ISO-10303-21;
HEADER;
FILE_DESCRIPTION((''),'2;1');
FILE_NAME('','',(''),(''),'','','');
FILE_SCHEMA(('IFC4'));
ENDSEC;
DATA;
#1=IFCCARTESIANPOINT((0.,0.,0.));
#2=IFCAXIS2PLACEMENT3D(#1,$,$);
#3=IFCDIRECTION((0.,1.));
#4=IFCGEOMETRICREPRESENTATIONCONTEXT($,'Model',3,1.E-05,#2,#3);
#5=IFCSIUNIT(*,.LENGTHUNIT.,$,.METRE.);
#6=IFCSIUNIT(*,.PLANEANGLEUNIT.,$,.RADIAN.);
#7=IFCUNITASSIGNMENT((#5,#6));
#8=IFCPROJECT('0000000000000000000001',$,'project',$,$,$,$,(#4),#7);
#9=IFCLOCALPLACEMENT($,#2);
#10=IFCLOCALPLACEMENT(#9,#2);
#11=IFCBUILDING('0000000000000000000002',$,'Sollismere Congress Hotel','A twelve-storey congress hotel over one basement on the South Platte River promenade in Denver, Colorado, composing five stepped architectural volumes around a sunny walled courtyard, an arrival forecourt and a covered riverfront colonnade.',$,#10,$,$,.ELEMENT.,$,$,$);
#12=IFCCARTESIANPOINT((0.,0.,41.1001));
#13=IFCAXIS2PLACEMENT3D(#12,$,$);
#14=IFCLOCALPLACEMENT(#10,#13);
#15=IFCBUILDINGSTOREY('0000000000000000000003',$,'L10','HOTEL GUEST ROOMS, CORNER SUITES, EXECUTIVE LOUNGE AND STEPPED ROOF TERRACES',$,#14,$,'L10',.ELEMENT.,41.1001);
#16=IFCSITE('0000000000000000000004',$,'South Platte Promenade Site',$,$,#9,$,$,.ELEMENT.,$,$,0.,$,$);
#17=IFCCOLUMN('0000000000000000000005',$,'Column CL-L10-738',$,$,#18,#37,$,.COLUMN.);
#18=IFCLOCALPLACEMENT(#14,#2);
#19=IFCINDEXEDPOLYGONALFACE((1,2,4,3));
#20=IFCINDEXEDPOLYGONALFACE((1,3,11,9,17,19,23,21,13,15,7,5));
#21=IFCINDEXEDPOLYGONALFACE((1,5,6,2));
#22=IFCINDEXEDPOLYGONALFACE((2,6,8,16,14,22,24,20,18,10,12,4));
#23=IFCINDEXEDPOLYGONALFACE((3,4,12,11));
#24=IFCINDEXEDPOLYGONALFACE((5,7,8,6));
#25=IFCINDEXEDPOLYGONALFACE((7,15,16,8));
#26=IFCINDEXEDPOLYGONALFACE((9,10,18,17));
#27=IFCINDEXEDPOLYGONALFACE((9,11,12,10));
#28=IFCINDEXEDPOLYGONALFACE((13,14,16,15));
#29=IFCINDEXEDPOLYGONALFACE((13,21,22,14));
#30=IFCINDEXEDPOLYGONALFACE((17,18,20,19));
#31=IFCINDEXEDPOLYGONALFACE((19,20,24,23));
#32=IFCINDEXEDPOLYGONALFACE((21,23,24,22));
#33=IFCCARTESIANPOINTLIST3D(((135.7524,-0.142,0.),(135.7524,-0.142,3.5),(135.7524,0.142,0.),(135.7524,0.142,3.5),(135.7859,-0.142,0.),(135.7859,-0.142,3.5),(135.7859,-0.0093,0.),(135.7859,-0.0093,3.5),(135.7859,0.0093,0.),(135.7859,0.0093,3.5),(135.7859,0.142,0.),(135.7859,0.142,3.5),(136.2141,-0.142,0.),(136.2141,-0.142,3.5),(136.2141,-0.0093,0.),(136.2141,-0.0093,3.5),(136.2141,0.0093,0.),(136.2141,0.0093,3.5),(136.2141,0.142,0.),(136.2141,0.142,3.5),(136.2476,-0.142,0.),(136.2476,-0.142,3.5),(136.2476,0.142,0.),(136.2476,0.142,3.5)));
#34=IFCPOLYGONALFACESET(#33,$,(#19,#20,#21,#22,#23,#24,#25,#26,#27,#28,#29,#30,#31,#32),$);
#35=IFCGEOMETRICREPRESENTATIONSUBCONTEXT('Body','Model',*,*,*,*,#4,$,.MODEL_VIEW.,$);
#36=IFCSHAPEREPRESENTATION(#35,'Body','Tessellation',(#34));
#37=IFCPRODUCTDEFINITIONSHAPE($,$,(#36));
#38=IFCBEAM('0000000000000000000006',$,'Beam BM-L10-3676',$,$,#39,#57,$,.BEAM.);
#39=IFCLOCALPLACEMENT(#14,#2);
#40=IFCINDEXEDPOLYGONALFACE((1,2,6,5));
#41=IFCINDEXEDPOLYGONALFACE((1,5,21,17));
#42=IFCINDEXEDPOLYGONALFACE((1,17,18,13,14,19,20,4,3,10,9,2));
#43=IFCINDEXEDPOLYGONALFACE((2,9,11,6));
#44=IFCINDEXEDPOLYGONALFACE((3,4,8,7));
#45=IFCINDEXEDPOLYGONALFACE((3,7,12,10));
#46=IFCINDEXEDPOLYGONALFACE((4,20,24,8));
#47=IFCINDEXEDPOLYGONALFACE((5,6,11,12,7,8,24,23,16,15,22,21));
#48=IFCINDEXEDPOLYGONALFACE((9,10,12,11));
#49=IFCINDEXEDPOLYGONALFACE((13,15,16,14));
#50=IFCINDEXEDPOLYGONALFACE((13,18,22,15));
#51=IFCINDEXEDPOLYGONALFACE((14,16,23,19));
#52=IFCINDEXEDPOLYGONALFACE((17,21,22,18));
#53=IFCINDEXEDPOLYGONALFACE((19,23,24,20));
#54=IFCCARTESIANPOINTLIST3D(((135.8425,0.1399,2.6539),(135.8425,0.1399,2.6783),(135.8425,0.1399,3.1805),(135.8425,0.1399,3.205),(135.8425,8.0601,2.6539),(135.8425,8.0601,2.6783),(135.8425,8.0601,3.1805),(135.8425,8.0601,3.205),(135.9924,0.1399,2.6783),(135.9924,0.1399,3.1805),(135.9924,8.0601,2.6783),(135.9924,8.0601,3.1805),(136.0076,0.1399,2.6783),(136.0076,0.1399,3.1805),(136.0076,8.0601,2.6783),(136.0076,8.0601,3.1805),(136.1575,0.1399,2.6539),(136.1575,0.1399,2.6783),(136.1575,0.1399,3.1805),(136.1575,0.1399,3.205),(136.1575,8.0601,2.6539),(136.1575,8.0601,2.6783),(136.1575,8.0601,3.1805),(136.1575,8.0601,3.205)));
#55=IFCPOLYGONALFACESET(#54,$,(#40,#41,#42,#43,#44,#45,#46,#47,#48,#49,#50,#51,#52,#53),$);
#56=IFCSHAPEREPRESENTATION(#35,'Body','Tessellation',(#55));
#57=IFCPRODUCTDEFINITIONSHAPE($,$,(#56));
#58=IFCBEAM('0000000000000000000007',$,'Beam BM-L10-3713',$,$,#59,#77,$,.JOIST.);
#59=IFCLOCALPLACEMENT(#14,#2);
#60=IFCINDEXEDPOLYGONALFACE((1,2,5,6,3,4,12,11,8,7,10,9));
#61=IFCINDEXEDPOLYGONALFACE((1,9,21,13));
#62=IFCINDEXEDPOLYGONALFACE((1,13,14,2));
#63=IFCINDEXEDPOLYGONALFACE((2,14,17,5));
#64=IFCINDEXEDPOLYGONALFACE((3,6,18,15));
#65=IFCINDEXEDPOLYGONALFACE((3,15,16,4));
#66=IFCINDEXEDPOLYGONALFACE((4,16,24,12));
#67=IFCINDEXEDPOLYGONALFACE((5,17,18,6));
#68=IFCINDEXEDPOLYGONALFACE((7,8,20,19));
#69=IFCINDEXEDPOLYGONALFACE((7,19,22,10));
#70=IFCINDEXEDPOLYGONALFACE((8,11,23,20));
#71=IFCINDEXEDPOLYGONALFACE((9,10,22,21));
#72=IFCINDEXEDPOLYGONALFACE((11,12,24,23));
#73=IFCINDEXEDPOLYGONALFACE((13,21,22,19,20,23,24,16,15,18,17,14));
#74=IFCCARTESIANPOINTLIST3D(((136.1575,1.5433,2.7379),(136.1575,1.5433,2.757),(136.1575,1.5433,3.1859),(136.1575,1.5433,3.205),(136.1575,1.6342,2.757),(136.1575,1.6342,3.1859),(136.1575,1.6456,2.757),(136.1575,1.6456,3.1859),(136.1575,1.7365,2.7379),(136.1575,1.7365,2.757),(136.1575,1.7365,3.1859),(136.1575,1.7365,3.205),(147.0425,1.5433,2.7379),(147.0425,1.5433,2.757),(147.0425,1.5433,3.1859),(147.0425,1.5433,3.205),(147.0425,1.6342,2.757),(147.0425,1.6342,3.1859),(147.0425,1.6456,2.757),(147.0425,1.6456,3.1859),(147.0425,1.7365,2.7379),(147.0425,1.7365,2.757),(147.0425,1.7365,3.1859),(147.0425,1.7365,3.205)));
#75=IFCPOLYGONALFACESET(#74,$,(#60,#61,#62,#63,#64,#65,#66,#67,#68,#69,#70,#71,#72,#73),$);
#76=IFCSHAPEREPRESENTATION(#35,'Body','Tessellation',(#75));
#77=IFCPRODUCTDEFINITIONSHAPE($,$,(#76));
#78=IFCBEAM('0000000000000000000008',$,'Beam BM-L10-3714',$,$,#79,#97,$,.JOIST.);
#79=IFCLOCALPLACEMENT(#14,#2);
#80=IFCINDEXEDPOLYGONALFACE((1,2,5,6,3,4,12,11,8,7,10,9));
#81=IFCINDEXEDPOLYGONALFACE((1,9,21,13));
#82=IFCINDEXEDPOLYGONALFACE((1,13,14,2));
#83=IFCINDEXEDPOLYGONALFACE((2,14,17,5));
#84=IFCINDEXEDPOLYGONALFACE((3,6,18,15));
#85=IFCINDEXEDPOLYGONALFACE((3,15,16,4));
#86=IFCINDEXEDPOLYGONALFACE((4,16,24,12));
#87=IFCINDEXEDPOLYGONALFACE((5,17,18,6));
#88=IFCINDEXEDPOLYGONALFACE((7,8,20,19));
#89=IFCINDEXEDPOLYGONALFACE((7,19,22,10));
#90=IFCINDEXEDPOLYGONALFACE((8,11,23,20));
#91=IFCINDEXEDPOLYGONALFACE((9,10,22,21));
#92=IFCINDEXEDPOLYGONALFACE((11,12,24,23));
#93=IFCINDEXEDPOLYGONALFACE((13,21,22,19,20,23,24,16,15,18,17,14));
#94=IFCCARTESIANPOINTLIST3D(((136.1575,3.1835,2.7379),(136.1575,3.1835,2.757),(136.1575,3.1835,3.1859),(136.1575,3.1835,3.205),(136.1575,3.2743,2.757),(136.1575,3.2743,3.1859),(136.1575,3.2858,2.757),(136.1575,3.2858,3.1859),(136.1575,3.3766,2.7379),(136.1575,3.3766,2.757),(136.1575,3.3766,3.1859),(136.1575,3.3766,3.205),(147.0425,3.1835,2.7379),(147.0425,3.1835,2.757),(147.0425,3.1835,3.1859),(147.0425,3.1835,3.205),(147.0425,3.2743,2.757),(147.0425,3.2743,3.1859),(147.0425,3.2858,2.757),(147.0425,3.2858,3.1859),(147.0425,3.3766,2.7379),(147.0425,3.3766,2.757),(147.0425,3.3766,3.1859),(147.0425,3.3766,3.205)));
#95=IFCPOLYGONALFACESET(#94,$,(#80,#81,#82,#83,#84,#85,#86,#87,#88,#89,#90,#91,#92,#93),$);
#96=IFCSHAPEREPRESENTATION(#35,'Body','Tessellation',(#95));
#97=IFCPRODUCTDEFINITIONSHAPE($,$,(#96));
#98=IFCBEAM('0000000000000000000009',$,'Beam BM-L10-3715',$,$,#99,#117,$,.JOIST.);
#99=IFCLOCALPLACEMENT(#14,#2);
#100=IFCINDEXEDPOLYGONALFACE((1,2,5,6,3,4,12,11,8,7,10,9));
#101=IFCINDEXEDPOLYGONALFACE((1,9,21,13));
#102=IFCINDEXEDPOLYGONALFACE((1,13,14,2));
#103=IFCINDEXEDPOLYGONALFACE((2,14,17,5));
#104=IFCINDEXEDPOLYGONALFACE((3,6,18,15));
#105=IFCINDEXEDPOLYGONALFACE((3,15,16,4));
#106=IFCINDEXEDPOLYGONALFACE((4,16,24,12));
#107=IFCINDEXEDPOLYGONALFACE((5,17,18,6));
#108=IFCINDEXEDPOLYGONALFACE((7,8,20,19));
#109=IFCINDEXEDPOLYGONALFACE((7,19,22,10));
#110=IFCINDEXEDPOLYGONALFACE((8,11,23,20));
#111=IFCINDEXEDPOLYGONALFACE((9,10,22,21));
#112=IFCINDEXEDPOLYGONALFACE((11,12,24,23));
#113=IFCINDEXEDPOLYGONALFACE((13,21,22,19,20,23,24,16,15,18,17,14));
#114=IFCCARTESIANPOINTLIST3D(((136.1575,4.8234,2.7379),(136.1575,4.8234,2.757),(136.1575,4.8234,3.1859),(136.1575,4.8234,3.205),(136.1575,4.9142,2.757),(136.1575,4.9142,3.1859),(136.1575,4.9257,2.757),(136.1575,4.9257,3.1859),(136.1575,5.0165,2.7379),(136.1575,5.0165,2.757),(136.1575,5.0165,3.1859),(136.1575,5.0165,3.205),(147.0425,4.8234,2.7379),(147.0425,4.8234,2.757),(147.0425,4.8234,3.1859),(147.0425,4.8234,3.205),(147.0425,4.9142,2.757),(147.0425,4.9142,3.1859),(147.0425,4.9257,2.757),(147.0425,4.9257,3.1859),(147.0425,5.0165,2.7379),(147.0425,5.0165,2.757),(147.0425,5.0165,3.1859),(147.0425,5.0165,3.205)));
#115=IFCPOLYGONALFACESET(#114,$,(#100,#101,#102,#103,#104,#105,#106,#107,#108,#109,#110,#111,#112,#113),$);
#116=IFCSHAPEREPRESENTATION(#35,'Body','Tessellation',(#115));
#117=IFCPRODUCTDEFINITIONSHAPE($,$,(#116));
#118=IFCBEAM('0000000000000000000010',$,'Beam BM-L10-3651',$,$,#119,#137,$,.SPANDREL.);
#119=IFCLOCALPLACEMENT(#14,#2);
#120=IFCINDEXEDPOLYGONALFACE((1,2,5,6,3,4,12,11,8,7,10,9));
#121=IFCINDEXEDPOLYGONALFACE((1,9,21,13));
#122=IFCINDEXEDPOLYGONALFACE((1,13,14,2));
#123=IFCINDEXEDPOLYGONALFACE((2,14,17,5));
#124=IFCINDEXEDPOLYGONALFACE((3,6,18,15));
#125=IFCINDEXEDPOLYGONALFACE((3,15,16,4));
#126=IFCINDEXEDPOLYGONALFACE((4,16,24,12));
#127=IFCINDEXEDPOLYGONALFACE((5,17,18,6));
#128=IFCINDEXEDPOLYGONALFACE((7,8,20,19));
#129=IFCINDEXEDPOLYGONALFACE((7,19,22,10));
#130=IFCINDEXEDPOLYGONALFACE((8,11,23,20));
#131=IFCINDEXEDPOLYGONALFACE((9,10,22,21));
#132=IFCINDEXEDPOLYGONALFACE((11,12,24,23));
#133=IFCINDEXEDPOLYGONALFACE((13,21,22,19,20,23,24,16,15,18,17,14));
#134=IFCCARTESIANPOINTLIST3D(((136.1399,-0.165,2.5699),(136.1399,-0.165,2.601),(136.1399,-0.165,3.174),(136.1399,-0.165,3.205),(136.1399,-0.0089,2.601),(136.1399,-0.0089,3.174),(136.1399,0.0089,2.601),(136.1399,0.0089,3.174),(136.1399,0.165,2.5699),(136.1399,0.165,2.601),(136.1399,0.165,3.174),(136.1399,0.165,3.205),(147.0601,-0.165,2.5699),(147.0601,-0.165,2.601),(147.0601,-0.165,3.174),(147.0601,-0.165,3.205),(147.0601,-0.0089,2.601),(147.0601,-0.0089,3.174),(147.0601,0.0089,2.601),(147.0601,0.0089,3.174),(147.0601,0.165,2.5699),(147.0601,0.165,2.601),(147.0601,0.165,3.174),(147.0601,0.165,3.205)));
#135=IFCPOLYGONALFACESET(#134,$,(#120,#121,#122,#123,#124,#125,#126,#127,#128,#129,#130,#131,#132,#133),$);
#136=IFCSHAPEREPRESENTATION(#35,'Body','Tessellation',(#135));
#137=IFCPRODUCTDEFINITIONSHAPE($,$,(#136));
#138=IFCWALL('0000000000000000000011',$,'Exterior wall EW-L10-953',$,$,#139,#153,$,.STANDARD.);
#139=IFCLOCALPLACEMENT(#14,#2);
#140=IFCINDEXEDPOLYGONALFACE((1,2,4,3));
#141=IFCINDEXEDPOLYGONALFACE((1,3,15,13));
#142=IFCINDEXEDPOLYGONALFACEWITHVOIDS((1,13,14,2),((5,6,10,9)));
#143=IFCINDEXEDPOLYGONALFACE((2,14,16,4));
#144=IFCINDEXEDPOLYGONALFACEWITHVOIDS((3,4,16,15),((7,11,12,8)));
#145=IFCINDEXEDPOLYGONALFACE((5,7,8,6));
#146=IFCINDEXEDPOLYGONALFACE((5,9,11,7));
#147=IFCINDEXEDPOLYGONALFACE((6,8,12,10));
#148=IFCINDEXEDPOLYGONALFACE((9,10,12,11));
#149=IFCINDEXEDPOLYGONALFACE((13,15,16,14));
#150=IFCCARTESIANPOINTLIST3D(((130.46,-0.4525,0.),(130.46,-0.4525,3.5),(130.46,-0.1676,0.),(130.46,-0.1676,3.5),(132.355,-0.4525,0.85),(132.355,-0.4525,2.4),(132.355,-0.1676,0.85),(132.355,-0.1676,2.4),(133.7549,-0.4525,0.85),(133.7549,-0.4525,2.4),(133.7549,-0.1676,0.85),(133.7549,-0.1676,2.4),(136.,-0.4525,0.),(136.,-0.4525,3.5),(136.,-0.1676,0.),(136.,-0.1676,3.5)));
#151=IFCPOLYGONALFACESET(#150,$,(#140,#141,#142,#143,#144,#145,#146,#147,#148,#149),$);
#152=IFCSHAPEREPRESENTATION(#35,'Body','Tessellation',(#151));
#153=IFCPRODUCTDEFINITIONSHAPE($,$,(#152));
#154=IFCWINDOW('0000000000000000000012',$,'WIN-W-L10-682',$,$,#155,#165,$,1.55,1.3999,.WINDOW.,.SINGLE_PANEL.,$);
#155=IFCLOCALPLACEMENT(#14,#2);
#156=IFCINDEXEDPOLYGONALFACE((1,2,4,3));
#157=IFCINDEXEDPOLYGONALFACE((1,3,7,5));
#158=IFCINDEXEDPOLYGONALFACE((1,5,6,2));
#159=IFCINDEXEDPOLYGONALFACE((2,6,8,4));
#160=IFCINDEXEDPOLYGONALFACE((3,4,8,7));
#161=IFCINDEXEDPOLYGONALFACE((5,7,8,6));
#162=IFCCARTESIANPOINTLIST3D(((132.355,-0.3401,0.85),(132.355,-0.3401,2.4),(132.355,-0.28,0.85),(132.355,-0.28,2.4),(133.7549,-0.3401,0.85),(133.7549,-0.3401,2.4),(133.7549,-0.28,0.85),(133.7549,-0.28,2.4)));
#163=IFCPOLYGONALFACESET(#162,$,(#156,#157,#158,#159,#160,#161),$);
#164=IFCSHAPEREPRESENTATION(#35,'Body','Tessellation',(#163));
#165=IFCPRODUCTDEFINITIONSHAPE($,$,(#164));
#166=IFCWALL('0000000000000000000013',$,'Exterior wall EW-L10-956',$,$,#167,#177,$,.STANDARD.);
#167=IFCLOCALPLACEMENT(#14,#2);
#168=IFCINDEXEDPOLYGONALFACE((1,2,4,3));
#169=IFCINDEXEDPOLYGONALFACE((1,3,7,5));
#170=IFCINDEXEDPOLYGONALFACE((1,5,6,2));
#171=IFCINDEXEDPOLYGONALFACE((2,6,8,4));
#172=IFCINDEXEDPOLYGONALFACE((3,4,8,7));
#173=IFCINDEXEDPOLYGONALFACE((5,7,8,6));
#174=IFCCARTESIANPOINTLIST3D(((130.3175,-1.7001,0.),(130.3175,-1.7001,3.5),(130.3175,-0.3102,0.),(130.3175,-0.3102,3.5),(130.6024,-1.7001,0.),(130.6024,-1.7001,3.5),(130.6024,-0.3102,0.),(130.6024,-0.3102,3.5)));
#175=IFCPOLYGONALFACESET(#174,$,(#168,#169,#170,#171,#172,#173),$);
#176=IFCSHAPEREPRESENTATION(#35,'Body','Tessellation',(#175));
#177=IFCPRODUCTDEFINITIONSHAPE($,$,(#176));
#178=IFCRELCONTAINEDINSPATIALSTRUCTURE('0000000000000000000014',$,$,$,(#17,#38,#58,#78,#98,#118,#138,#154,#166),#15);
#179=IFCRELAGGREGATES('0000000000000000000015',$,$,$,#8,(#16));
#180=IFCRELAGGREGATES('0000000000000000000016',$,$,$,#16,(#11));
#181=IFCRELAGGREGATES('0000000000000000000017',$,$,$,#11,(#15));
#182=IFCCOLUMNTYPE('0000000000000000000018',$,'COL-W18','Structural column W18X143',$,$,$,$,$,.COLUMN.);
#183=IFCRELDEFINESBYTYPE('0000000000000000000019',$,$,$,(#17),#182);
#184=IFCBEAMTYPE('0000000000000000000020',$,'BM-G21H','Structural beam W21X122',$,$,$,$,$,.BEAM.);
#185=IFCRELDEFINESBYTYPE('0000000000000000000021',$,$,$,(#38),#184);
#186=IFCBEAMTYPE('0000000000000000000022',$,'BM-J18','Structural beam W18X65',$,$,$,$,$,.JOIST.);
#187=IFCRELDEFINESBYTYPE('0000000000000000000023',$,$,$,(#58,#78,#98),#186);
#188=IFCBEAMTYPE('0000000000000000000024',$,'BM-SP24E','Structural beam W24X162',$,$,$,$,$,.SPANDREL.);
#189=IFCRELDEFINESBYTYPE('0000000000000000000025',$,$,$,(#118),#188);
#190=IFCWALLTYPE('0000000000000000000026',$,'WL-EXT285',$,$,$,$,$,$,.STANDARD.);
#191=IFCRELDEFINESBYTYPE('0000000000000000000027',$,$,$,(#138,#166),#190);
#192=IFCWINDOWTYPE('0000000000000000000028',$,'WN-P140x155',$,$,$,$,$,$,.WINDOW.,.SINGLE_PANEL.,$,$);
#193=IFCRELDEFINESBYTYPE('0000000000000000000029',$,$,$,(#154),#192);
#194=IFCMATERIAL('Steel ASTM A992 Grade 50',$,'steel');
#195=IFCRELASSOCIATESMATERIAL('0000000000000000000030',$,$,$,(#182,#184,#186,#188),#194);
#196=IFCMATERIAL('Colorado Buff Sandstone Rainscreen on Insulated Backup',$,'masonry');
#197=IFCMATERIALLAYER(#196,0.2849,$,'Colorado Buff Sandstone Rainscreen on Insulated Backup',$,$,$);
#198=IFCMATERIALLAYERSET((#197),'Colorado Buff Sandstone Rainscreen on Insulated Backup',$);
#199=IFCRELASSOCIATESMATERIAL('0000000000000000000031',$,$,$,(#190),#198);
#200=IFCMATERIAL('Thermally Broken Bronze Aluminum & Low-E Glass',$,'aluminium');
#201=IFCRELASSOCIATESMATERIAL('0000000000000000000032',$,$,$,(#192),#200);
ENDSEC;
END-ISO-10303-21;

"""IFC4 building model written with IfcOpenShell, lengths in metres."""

from ifc_helpers import new_model, si_unit, direction, frame, frame_2d, origin, origin_2d, place, context, subcontext, project, spatial, rectangle, i_section, extrude, material, layer, layer_set, material_profile, profile_set, type_object, element, fill, save


model = new_model("IFC4")

# Units and contexts
model_context = context("Model", 3, precision=1e-05, world=origin(), true_north=direction((0.0, 1.0)))
body_context = subcontext(model_context, "Body", "Model", "MODEL_VIEW")
ifc_project = project(units=[si_unit("LENGTHUNIT", "METRE"), si_unit("PLANEANGLEUNIT", "RADIAN")], contexts=[model_context])

# Site, building, storey
site_placement = place(None, origin())
site = spatial("IfcSite", under=ifc_project, at=site_placement, Name="South Platte Promenade Site", CompositionType="ELEMENT", RefElevation=0.0)
building_placement = place(site_placement, origin())
building = spatial("IfcBuilding", under=site, at=building_placement, Name="Sollismere Congress Hotel", Description="A twelve-storey congress hotel over one basement on the South Platte River promenade in Denver, Colorado, composing five stepped architectural volumes around a sunny walled courtyard, an arrival forecourt and a covered riverfront colonnade.", CompositionType="ELEMENT")
storey_placement = place(building_placement, frame((0.0, 0.0, 41.1001)))
storey = spatial("IfcBuildingStorey", under=building, at=storey_placement, Name="L10", Description="HOTEL GUEST ROOMS, CORNER SUITES, EXECUTIVE LOUNGE AND STEPPED ROOF TERRACES", LongName="L10", CompositionType="ELEMENT", Elevation=41.1001)

# Column
ifc_material_1 = material(Name="Steel ASTM A992 Grade 50", Category="steel")
ifc_material_profile_1 = material_profile(ifc_material_1, i_section(OverallWidth=0.2839, OverallDepth=0.4951, WebThickness=0.0186, FlangeThickness=0.0334, at=origin_2d()), Name="W18X143")
ifc_profile_set_1 = profile_set([ifc_material_profile_1], Name="Steel ASTM A992 Grade 50")
column_type = type_object("IfcColumnType", Name="COL-W18", Description="Structural column W18X143", PredefinedType="COLUMN", material=ifc_profile_set_1)
column_placement = place(storey_placement, frame((136.0, 0.0, 0.0), z_axis=(0.0, 0.0, 1.0), x_axis=(0.0, 1.0, 0.0)))
element("IfcColumn", 1, at=column_placement, inside=storey, type_object=column_type, Name="Column CL-L10-738", PredefinedType="COLUMN", context=body_context, shape_type="SweptSolid", body=[
    extrude(i_section(OverallWidth=0.2839, OverallDepth=0.4951, WebThickness=0.0186, FlangeThickness=0.0334, at=origin_2d()), origin(), (0.0, 0.0, 1.0), 3.5),
])

# Beams
ifc_material_profile_2 = material_profile(ifc_material_1, i_section(OverallWidth=0.3149, OverallDepth=0.551, WebThickness=0.0151, FlangeThickness=0.0244, at=origin_2d()), Name="W21X122")
ifc_profile_set_2 = profile_set([ifc_material_profile_2], Name="Steel ASTM A992 Grade 50")
beam_type_1 = type_object("IfcBeamType", Name="BM-G21H", Description="Structural beam W21X122", PredefinedType="BEAM", material=ifc_profile_set_2)
beam_1_placement = place(storey_placement, frame((136.0, 0.1399, 2.9294), z_axis=(0.0, 1.0, 0.0), x_axis=(-1.0, 0.0, 0.0)))
element("IfcBeam", 2, at=beam_1_placement, inside=storey, type_object=beam_type_1, Name="Beam BM-L10-3676", PredefinedType="BEAM", context=body_context, shape_type="SweptSolid", body=[
    extrude(i_section(OverallWidth=0.3149, OverallDepth=0.551, WebThickness=0.0151, FlangeThickness=0.0244, at=origin_2d()), origin(), (0.0, 0.0, 1.0), 7.9202),
])
ifc_material_profile_3 = material_profile(ifc_material_1, i_section(OverallWidth=0.1931, OverallDepth=0.467, WebThickness=0.0115, FlangeThickness=0.019, at=origin_2d()), Name="W18X65")
ifc_profile_set_3 = profile_set([ifc_material_profile_3], Name="Steel ASTM A992 Grade 50")
beam_type_2 = type_object("IfcBeamType", Name="BM-J18", Description="Structural beam W18X65", PredefinedType="JOIST", material=ifc_profile_set_3)
for number, where, z_axis, x_axis, name in (
    (3, (136.1575, 1.6399, 2.9714), (1.0, 0.0, 0.0), (0.0, 1.0, 0.0), "Beam BM-L10-3713"),
    (4, (136.1575, 3.28, 2.9714), (1.0, 0.0, 0.0), (0.0, 1.0, 0.0), "Beam BM-L10-3714"),
    (5, (136.1575, 4.9199, 2.9714), (1.0, 0.0, 0.0), (0.0, 1.0, 0.0), "Beam BM-L10-3715"),
):
    element("IfcBeam", number, at=place(storey_placement, frame(where, z_axis=z_axis, x_axis=x_axis)), inside=storey, type_object=beam_type_2, Name=name, PredefinedType="JOIST", context=body_context, shape_type="SweptSolid", body=[
        extrude(i_section(OverallWidth=0.1931, OverallDepth=0.467, WebThickness=0.0115, FlangeThickness=0.019, at=origin_2d()), origin(), (0.0, 0.0, 1.0), 10.885),
    ])
ifc_material_profile_4 = material_profile(ifc_material_1, i_section(OverallWidth=0.3301, OverallDepth=0.635, WebThickness=0.0178, FlangeThickness=0.031, at=origin_2d()), Name="W24X162")
ifc_profile_set_4 = profile_set([ifc_material_profile_4], Name="Steel ASTM A992 Grade 50")
beam_type_3 = type_object("IfcBeamType", Name="BM-SP24E", Description="Structural beam W24X162", PredefinedType="SPANDREL", material=ifc_profile_set_4)
beam_2_placement = place(storey_placement, frame((136.1399, 0.0, 2.8875), z_axis=(1.0, 0.0, 0.0), x_axis=(0.0, 1.0, 0.0)))
element("IfcBeam", 6, at=beam_2_placement, inside=storey, type_object=beam_type_3, Name="Beam BM-L10-3651", PredefinedType="SPANDREL", context=body_context, shape_type="SweptSolid", body=[
    extrude(i_section(OverallWidth=0.3301, OverallDepth=0.635, WebThickness=0.0178, FlangeThickness=0.031, at=origin_2d()), origin(), (0.0, 0.0, 1.0), 10.9202),
])

# Wall, opening, window
ifc_material_2 = material(Name="Colorado Buff Sandstone Rainscreen on Insulated Backup", Category="masonry")
ifc_layer_1 = layer(ifc_material_2, 0.2849, Name="Colorado Buff Sandstone Rainscreen on Insulated Backup")
ifc_layer_set_1 = layer_set([ifc_layer_1], Name="Colorado Buff Sandstone Rainscreen on Insulated Backup")
wall_type_1 = type_object("IfcWallType", Name="WL-EXT285", PredefinedType="STANDARD", material=ifc_layer_set_1)
wall_1_placement = place(storey_placement, frame((130.46, -0.3101, 0.0), z_axis=(0.0, 0.0, 1.0), x_axis=(1.0, 0.0, 0.0)))
wall_1 = element("IfcWall", 7, at=wall_1_placement, inside=storey, type_object=wall_type_1, Name="Exterior wall EW-L10-953", PredefinedType="STANDARD", context=body_context, shape_type="SweptSolid", body=[
    extrude(rectangle(XDim=5.54, YDim=0.2849, at=frame_2d((2.77, 0.0))), origin(), (0.0, 0.0, 1.0), 3.5),
])
opening_1_placement = place(wall_1_placement, frame((1.895, 0.0, 0.8501)))
opening_1 = element("IfcOpeningElement", 8, at=opening_1_placement, cuts=wall_1, PredefinedType="OPENING", context=body_context, shape_type="SweptSolid", body=[
    extrude(rectangle(XDim=1.3999, YDim=1.55, at=frame_2d((0.7, 0.7749))), frame((0.0, 0.1523, 0.0), z_axis=(0.0, -1.0, 0.0), x_axis=(1.0, 0.0, 0.0)), (0.0, 0.0, 1.0), 0.3049),
])
ifc_material_3 = material(Name="Thermally Broken Bronze Aluminum & Low-E Glass", Category="aluminium")
window_type_1 = type_object("IfcWindowType", Name="WN-P140x155", PartitioningType="SINGLE_PANEL", PredefinedType="WINDOW", material=ifc_material_3)
window_1_placement = place(opening_1_placement, origin())
window_1 = element("IfcWindow", 9, at=window_1_placement, inside=storey, type_object=window_type_1, Name="WIN-W-L10-682", OverallHeight=1.55, OverallWidth=1.3999, PartitioningType="SINGLE_PANEL", PredefinedType="WINDOW", context=body_context, shape_type="SweptSolid", body=[
    extrude(rectangle(XDim=1.3999, YDim=1.55, at=frame_2d((0.7, 0.7749))), frame((0.0, 0.03, 0.0), z_axis=(0.0, -1.0, 0.0), x_axis=(1.0, 0.0, 0.0)), (0.0, 0.0, 1.0), 0.0601),
])
fill(opening_1, window_1)

# Wall
wall_2_placement = place(storey_placement, frame((130.46, -1.7, 0.0), z_axis=(0.0, 0.0, 1.0), x_axis=(0.0, 1.0, 0.0)))
element("IfcWall", 10, at=wall_2_placement, inside=storey, type_object=wall_type_1, Name="Exterior wall EW-L10-956", PredefinedType="STANDARD", context=body_context, shape_type="SweptSolid", body=[
    extrude(rectangle(XDim=1.3899, YDim=0.2849, at=frame_2d((0.6948, 0.0))), origin(), (0.0, 0.0, 1.0), 3.5),
])

save(model, "model.ifc")
